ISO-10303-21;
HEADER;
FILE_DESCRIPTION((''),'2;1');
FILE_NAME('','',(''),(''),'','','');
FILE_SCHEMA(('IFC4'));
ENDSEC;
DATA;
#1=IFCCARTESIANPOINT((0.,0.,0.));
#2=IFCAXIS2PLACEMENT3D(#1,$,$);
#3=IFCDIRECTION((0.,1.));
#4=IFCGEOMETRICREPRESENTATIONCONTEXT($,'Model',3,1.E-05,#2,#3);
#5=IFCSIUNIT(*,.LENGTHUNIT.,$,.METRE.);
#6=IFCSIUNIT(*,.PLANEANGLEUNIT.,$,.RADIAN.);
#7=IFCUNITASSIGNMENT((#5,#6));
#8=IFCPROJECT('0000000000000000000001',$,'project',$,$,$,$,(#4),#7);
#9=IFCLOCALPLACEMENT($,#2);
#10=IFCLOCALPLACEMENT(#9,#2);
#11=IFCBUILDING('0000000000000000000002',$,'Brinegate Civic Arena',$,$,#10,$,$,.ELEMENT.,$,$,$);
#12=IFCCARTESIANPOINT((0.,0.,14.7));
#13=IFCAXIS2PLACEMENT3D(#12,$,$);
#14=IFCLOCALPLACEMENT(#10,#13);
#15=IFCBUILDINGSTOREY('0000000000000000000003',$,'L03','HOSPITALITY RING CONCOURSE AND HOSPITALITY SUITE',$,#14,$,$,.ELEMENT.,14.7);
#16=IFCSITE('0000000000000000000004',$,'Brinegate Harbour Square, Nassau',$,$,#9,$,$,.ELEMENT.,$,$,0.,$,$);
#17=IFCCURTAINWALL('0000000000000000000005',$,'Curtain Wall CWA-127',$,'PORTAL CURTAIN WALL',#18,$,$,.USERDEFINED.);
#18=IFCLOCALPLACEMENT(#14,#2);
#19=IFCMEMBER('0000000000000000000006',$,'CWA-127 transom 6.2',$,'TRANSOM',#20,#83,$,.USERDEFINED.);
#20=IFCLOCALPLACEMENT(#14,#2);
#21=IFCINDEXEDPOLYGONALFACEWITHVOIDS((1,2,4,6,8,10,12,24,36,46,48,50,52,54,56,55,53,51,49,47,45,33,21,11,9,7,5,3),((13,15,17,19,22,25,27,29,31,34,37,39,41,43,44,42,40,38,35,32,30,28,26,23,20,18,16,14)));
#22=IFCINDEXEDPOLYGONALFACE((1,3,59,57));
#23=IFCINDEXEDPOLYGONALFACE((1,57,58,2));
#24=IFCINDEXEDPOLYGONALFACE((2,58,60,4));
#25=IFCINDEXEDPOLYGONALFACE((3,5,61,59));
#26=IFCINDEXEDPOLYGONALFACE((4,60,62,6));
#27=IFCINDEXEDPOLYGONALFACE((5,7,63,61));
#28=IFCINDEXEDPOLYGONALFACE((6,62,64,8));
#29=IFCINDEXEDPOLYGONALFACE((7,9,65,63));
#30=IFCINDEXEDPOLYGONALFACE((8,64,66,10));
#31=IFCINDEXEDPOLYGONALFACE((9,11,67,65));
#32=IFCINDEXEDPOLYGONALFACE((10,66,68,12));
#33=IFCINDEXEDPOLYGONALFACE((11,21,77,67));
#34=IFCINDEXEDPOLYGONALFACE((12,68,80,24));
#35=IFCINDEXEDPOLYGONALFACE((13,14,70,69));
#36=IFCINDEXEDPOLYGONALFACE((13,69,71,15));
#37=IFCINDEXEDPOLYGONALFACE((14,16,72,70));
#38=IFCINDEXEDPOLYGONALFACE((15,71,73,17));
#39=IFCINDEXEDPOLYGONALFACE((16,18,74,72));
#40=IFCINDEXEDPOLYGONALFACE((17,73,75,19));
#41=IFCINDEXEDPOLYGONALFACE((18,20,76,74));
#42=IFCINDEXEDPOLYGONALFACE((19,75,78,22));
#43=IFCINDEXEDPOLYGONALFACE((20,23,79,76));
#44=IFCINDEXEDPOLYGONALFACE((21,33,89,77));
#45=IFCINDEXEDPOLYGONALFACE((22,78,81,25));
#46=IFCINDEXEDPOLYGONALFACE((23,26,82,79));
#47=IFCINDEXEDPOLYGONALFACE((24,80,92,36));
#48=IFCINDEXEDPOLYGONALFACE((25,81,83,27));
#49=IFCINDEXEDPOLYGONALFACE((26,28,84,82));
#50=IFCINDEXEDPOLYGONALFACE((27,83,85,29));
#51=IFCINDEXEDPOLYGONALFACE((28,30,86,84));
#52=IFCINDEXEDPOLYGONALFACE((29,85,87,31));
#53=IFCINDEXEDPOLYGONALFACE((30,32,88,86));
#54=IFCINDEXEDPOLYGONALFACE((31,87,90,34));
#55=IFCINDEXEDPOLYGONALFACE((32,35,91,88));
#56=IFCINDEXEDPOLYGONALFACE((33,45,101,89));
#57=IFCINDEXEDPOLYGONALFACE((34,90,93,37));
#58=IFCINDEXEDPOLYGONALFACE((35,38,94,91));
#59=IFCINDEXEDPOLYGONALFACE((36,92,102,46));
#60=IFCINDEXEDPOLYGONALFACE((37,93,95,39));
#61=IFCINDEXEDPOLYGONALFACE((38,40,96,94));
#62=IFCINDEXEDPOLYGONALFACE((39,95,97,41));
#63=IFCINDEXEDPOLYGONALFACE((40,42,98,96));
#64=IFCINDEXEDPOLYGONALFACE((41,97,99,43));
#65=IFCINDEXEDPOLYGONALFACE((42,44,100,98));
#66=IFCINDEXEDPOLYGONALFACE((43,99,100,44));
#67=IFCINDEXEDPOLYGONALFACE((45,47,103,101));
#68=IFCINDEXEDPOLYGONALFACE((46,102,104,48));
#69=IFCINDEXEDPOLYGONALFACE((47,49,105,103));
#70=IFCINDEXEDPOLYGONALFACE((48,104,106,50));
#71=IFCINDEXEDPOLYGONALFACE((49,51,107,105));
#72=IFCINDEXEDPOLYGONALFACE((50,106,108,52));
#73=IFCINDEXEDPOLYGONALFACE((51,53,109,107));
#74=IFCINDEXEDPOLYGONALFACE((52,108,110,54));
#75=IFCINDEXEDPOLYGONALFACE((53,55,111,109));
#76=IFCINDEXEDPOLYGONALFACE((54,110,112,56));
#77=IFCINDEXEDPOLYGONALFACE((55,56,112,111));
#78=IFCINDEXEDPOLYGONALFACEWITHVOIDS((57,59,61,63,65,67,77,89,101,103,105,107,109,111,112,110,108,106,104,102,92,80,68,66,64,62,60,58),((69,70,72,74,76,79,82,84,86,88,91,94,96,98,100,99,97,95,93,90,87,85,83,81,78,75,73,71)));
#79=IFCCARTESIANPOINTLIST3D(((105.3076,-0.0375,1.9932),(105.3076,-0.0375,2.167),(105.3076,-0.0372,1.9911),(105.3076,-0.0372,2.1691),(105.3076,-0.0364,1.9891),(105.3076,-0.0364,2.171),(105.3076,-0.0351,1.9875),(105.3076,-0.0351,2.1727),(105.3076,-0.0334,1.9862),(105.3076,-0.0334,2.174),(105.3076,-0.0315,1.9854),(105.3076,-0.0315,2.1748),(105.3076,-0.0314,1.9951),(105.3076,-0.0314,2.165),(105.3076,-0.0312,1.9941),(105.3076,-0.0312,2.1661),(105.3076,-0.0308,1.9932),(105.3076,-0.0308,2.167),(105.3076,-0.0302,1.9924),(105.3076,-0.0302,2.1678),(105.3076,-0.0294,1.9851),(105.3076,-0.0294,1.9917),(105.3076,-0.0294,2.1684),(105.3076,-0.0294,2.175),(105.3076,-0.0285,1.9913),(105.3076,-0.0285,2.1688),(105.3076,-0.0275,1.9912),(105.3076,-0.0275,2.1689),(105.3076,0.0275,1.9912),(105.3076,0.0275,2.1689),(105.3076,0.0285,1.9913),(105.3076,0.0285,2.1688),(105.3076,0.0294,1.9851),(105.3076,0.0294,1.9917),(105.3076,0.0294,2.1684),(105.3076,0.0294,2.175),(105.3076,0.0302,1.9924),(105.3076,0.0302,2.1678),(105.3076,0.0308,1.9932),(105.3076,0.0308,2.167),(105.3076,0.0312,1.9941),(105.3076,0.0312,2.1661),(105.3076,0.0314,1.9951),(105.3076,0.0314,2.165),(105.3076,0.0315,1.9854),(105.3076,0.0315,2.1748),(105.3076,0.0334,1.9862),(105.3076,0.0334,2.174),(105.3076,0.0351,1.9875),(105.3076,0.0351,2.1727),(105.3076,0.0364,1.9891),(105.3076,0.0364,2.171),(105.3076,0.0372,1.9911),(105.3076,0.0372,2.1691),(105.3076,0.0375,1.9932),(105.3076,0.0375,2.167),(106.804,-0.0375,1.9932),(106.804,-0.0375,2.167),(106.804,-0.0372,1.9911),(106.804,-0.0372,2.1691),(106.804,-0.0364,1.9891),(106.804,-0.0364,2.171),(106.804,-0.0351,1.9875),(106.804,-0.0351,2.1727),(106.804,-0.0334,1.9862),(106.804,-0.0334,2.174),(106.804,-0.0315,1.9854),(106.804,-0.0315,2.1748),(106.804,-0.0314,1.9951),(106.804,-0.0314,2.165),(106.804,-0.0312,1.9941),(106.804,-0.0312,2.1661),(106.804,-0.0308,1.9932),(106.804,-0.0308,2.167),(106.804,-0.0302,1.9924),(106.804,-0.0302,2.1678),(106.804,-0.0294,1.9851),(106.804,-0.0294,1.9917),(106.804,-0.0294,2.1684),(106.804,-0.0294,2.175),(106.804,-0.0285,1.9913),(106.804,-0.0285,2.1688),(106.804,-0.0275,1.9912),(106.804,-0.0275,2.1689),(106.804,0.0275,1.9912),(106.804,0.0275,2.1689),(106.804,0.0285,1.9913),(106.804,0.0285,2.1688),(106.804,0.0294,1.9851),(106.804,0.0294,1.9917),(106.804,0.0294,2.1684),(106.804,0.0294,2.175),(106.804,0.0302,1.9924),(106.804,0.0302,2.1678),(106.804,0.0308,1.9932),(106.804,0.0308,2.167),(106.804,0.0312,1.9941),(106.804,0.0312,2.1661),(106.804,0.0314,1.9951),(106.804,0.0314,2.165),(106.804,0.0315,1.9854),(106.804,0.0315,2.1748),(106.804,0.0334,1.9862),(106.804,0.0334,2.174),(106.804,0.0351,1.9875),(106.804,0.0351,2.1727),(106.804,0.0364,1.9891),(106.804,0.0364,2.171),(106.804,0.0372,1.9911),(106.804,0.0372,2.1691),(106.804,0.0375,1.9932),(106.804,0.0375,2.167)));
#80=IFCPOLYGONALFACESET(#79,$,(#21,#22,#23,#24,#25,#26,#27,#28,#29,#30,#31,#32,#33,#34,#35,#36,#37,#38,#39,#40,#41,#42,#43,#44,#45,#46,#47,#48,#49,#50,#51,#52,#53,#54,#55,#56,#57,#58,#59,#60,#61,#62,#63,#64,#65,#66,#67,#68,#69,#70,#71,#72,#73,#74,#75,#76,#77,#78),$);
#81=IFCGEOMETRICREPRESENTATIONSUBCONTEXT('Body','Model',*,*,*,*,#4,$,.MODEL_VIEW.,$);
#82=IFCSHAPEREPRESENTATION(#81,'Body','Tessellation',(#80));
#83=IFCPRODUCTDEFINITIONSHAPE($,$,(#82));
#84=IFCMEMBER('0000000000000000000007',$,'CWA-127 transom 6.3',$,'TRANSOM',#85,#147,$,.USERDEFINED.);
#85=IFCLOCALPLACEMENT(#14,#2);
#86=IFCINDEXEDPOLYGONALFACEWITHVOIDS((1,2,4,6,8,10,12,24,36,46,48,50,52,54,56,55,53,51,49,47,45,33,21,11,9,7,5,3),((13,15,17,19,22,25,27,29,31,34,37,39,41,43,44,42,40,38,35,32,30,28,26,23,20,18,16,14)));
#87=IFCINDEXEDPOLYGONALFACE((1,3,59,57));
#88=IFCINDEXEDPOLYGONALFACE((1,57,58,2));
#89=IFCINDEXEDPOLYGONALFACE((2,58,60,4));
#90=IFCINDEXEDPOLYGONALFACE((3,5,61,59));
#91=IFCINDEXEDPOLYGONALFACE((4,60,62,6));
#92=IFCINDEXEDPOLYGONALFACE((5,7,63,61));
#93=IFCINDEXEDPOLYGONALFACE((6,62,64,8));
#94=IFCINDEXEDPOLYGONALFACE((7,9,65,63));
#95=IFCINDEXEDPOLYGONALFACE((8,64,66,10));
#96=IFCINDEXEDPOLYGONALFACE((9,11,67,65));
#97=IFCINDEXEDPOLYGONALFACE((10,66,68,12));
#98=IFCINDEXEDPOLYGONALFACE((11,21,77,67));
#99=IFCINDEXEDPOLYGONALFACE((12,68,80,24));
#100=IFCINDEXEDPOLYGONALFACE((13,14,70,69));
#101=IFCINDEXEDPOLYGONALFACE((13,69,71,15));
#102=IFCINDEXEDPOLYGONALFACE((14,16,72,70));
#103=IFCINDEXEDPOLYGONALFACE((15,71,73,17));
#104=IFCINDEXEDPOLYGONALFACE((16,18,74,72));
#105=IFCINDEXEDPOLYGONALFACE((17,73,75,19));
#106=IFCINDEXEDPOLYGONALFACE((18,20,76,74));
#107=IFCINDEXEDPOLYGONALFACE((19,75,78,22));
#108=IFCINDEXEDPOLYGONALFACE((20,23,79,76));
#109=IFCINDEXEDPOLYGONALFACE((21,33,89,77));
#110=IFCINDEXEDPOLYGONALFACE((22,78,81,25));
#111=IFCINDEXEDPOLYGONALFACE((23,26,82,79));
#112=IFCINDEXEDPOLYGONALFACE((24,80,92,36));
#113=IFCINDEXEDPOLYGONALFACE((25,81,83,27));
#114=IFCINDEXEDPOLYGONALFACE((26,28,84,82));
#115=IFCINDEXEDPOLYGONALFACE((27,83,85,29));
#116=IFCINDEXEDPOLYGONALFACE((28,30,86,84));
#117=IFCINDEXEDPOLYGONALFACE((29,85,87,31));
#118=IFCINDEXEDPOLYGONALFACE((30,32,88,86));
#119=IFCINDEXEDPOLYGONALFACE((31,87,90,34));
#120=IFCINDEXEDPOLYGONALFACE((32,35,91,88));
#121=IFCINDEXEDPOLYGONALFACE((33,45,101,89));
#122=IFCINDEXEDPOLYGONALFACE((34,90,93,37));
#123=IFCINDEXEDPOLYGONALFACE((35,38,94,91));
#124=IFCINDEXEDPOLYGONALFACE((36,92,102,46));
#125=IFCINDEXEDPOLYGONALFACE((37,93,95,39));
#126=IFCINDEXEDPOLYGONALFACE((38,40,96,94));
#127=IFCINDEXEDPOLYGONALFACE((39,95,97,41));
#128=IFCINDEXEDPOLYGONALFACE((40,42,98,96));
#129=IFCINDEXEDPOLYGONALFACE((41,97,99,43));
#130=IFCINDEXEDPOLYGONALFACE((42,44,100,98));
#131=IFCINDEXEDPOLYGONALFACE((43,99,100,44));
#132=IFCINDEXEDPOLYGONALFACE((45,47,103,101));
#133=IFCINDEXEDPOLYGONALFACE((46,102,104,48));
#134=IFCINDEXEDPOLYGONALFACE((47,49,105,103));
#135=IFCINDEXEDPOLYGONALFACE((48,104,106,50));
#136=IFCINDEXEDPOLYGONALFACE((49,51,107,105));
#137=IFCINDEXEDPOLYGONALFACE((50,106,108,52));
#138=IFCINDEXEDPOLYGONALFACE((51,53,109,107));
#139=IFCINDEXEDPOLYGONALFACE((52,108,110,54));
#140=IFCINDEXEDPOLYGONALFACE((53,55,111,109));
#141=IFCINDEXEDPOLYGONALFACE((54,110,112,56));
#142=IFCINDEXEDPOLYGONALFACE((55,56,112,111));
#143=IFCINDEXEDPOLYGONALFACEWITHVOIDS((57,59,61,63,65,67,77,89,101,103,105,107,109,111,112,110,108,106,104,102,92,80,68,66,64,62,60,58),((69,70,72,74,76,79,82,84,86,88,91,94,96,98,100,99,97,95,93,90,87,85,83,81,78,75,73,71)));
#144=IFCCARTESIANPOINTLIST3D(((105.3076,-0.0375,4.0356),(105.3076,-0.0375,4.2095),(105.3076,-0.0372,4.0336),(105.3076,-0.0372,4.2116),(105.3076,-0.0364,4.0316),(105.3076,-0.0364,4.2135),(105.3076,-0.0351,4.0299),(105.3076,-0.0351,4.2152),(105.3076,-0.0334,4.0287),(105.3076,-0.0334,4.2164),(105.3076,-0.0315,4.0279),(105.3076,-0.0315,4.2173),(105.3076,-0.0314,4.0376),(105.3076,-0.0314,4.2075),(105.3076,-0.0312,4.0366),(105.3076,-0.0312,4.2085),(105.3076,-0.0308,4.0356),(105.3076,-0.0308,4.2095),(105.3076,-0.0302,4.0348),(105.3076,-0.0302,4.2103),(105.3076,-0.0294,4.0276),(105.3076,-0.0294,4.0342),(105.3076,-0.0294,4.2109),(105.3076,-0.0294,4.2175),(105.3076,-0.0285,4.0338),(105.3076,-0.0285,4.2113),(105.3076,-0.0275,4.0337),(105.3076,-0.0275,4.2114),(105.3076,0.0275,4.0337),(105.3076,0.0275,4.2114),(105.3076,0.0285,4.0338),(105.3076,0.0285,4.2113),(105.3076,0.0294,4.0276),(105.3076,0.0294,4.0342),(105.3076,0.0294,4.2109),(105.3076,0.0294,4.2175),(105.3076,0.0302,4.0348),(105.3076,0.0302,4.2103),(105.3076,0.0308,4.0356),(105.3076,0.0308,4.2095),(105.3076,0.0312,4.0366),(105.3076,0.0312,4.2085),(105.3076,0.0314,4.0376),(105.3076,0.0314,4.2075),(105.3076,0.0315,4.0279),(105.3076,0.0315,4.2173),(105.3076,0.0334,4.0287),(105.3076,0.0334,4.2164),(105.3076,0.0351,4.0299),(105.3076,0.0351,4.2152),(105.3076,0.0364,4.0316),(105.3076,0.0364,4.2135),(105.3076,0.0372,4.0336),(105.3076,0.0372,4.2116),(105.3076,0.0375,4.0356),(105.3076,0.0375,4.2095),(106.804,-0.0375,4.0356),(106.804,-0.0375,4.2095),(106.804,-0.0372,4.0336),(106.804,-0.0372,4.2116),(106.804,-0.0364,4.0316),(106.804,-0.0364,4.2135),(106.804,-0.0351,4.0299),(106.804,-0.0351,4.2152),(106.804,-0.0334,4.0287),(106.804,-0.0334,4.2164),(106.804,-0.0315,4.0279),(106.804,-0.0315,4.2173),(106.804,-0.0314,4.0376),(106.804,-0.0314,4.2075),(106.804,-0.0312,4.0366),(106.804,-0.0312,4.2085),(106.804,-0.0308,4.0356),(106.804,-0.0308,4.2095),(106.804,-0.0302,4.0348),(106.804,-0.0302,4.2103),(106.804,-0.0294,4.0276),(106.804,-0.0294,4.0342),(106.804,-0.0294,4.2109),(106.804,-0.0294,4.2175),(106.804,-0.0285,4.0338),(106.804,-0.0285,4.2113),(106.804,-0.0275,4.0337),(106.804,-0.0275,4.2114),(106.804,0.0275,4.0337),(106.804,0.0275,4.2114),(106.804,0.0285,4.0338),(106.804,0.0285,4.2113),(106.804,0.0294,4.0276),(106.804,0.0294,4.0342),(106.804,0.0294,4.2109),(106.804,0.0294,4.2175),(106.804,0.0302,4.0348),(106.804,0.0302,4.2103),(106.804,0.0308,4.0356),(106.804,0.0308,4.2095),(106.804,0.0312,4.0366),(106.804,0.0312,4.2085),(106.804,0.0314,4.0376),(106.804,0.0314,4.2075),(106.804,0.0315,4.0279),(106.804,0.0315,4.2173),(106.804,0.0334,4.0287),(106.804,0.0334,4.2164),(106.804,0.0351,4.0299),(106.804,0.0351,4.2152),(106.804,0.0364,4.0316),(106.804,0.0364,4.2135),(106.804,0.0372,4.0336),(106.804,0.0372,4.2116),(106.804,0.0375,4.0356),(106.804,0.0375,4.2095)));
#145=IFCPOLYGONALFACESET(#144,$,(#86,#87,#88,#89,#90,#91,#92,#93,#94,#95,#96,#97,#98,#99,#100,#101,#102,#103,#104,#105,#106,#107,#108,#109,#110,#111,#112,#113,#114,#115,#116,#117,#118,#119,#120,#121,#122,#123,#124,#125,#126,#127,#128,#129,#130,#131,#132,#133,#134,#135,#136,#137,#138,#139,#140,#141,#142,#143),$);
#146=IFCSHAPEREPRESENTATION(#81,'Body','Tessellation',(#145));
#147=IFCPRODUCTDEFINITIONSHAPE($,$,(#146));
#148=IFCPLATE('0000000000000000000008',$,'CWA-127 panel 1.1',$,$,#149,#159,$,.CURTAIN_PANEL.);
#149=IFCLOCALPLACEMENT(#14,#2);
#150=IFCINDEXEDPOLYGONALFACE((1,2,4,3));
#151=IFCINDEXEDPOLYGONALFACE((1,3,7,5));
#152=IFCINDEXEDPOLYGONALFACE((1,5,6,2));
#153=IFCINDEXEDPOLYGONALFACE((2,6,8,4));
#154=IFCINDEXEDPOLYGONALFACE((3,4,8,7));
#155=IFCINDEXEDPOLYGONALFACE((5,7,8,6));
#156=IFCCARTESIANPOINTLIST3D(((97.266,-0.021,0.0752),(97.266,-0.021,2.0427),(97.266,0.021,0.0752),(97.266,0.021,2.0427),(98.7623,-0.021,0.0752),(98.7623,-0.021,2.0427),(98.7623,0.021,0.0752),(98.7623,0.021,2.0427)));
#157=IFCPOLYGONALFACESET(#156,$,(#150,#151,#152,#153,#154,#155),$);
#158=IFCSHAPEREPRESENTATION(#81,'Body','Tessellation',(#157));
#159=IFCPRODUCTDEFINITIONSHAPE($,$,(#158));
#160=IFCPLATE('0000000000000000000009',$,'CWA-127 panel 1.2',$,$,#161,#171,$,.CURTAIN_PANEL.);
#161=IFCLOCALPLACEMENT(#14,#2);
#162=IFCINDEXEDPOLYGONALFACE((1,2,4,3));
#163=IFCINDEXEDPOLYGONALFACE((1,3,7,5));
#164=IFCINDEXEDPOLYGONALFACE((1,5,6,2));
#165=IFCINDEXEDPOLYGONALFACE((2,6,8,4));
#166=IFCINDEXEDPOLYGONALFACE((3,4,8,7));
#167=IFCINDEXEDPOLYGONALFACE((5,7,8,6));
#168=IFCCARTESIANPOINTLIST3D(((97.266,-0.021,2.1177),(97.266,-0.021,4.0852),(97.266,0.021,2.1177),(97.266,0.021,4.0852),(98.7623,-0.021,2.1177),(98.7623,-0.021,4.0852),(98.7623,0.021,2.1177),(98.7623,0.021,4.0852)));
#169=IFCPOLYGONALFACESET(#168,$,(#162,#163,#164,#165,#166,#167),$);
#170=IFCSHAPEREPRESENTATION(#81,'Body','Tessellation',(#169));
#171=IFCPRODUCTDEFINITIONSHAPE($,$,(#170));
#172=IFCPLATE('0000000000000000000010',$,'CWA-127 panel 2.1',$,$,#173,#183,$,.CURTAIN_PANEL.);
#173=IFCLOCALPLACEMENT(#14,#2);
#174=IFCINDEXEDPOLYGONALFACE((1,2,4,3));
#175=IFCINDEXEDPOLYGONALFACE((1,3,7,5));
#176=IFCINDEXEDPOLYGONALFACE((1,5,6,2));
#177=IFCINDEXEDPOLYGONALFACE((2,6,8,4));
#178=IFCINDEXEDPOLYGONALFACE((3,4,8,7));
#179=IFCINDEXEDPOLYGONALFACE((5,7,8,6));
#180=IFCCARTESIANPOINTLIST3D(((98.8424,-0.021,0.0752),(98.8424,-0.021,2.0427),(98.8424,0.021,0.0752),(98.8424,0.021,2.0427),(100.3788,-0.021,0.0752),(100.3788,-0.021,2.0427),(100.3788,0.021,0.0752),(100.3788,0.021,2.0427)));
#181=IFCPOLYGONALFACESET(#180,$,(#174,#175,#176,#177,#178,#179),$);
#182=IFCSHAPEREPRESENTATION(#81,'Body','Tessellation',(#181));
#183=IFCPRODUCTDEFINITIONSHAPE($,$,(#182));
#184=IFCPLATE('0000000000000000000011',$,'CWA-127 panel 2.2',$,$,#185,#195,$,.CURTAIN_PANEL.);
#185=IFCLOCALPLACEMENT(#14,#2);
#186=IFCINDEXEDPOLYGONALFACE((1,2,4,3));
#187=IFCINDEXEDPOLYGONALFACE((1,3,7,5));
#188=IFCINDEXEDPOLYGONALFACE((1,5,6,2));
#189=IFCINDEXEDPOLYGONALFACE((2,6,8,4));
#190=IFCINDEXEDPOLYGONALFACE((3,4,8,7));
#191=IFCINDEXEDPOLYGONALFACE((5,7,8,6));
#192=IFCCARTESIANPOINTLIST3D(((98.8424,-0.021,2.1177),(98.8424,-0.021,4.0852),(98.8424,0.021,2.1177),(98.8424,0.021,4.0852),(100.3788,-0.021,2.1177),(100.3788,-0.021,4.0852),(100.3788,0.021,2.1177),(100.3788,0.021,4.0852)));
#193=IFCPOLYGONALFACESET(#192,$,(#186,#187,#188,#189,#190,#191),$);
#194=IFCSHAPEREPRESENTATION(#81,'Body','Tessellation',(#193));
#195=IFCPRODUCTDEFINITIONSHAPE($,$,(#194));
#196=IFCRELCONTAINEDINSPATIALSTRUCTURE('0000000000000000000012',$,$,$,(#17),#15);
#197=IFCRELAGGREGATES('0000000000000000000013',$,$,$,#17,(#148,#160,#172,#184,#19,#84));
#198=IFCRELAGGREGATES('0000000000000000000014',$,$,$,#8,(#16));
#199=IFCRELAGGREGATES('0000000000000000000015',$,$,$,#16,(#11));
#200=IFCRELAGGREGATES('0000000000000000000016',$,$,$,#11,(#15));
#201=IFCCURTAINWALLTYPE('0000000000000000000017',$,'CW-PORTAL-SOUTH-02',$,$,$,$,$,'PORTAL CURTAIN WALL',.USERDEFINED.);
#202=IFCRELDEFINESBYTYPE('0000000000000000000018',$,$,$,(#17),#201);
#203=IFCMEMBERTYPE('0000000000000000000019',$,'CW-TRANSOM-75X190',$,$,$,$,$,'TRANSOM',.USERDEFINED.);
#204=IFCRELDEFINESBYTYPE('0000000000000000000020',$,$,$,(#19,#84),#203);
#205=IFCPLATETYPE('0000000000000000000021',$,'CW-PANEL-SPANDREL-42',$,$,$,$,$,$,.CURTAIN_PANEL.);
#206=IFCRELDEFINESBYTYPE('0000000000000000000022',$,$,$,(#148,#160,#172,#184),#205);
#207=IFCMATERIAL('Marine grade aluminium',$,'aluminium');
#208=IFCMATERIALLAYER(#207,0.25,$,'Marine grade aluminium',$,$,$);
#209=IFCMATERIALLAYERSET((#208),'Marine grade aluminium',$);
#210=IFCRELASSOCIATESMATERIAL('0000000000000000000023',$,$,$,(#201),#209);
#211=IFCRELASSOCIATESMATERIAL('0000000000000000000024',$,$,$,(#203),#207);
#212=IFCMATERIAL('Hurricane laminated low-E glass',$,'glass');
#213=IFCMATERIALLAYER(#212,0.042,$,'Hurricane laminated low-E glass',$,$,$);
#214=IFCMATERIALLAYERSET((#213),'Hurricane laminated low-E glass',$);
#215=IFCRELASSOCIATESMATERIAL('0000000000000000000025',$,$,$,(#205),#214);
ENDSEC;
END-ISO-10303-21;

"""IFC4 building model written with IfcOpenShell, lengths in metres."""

from ifc_helpers import new_model, si_unit, direction, frame, origin, origin_2d, place, context, subcontext, project, spatial, rectangle, hollow_rectangle, extrude, material, layer, layer_set, material_profile, profile_set, type_object, element, aggregate, save


model = new_model("IFC4")

# Units and contexts
model_context = context("Model", 3, precision=1e-05, world=origin(), true_north=direction((0.0, 1.0)))
body_context = subcontext(model_context, "Body", "Model", "MODEL_VIEW")
ifc_project = project(units=[si_unit("LENGTHUNIT", "METRE"), si_unit("PLANEANGLEUNIT", "RADIAN")], contexts=[model_context])

# Site, building, storey
site_placement = place(None, origin())
site = spatial("IfcSite", under=ifc_project, at=site_placement, Name="Brinegate Harbour Square, Nassau", CompositionType="ELEMENT", RefElevation=0.0)
building_placement = place(site_placement, origin())
building = spatial("IfcBuilding", under=site, at=building_placement, Name="Brinegate Civic Arena", CompositionType="ELEMENT")
storey_placement = place(building_placement, frame((0.0, 0.0, 14.7)))
storey = spatial("IfcBuildingStorey", under=building, at=storey_placement, Name="L03", Description="HOSPITALITY RING CONCOURSE AND HOSPITALITY SUITE", CompositionType="ELEMENT", Elevation=14.7)

# Curtain wall, members, plates
ifc_material_1 = material(Name="Marine grade aluminium", Category="aluminium")
ifc_layer_1 = layer(ifc_material_1, 0.25, Name="Marine grade aluminium")
ifc_layer_set_1 = layer_set([ifc_layer_1], Name="Marine grade aluminium")
curtain_wall_type = type_object("IfcCurtainWallType", Name="CW-PORTAL-SOUTH-02", ElementType="PORTAL CURTAIN WALL", PredefinedType="USERDEFINED", material=ifc_layer_set_1)
curtain_wall_placement = place(storey_placement, origin())
curtain_wall = element("IfcCurtainWall", 1, at=curtain_wall_placement, inside=storey, type_object=curtain_wall_type, Name="Curtain Wall CWA-127", ObjectType="PORTAL CURTAIN WALL", PredefinedType="USERDEFINED")
ifc_material_profile_1 = material_profile(ifc_material_1, hollow_rectangle(XDim=0.075, YDim=0.1899, WallThickness=0.0061, InnerFilletRadius=0.0039, OuterFilletRadius=0.0081, at=origin_2d()), Name="TRN75X190")
ifc_profile_set_1 = profile_set([ifc_material_profile_1], Name="Marine grade aluminium")
member_type_1 = type_object("IfcMemberType", Name="CW-TRANSOM-75X190", ElementType="TRANSOM", PredefinedType="USERDEFINED", material=ifc_profile_set_1)
member_1_placement = place(storey_placement, frame((105.3076, 0.0, 2.0801), z_axis=(1.0, 0.0, 0.0), x_axis=(0.0, 1.0, 0.0)))
member_1 = element("IfcMember", 2, at=member_1_placement, type_object=member_type_1, Name="CWA-127 transom 6.2", ObjectType="TRANSOM", PredefinedType="USERDEFINED", context=body_context, shape_type="SweptSolid", body=[
    extrude(hollow_rectangle(XDim=0.075, YDim=0.1899, WallThickness=0.0061, InnerFilletRadius=0.0039, OuterFilletRadius=0.0081, at=origin_2d()), origin(), (0.0, 0.0, 1.0), 1.4963),
])
member_2_placement = place(storey_placement, frame((105.3076, 0.0, 4.1226), z_axis=(1.0, 0.0, 0.0), x_axis=(0.0, 1.0, 0.0)))
member_2 = element("IfcMember", 3, at=member_2_placement, type_object=member_type_1, Name="CWA-127 transom 6.3", ObjectType="TRANSOM", PredefinedType="USERDEFINED", context=body_context, shape_type="SweptSolid", body=[
    extrude(hollow_rectangle(XDim=0.075, YDim=0.1899, WallThickness=0.0061, InnerFilletRadius=0.0039, OuterFilletRadius=0.0081, at=origin_2d()), origin(), (0.0, 0.0, 1.0), 1.4963),
])
ifc_material_2 = material(Name="Hurricane laminated low-E glass", Category="glass")
ifc_layer_2 = layer(ifc_material_2, 0.042, Name="Hurricane laminated low-E glass")
ifc_layer_set_2 = layer_set([ifc_layer_2], Name="Hurricane laminated low-E glass")
plate_type = type_object("IfcPlateType", Name="CW-PANEL-SPANDREL-42", PredefinedType="CURTAIN_PANEL", material=ifc_layer_set_2)
plate_1_placement = place(storey_placement, frame((98.0142, 0.0, 0.0752), z_axis=(0.0, 0.0, 1.0), x_axis=(1.0, 0.0, 0.0)))
plate_1 = element("IfcPlate", 4, at=plate_1_placement, type_object=plate_type, Name="CWA-127 panel 1.1", PredefinedType="CURTAIN_PANEL", context=body_context, shape_type="SweptSolid", body=[
    extrude(rectangle(XDim=1.4963, YDim=0.042, at=origin_2d()), origin(), (0.0, 0.0, 1.0), 1.9675),
])
plate_2_placement = place(storey_placement, frame((98.0142, 0.0, 2.1177), z_axis=(0.0, 0.0, 1.0), x_axis=(1.0, 0.0, 0.0)))
plate_2 = element("IfcPlate", 5, at=plate_2_placement, type_object=plate_type, Name="CWA-127 panel 1.2", PredefinedType="CURTAIN_PANEL", context=body_context, shape_type="SweptSolid", body=[
    extrude(rectangle(XDim=1.4963, YDim=0.042, at=origin_2d()), origin(), (0.0, 0.0, 1.0), 1.9675),
])
plate_3_placement = place(storey_placement, frame((99.6106, 0.0, 0.0752), z_axis=(0.0, 0.0, 1.0), x_axis=(1.0, 0.0, 0.0)))
plate_3 = element("IfcPlate", 6, at=plate_3_placement, type_object=plate_type, Name="CWA-127 panel 2.1", PredefinedType="CURTAIN_PANEL", context=body_context, shape_type="SweptSolid", body=[
    extrude(rectangle(XDim=1.5364, YDim=0.042, at=origin_2d()), origin(), (0.0, 0.0, 1.0), 1.9675),
])
plate_4_placement = place(storey_placement, frame((99.6106, 0.0, 2.1177), z_axis=(0.0, 0.0, 1.0), x_axis=(1.0, 0.0, 0.0)))
plate_4 = element("IfcPlate", 7, at=plate_4_placement, type_object=plate_type, Name="CWA-127 panel 2.2", PredefinedType="CURTAIN_PANEL", context=body_context, shape_type="SweptSolid", body=[
    extrude(rectangle(XDim=1.5364, YDim=0.042, at=origin_2d()), origin(), (0.0, 0.0, 1.0), 1.9675),
])
aggregate(curtain_wall, [plate_1, plate_2, plate_3, plate_4, member_1, member_2])

save(model, "model.ifc")
